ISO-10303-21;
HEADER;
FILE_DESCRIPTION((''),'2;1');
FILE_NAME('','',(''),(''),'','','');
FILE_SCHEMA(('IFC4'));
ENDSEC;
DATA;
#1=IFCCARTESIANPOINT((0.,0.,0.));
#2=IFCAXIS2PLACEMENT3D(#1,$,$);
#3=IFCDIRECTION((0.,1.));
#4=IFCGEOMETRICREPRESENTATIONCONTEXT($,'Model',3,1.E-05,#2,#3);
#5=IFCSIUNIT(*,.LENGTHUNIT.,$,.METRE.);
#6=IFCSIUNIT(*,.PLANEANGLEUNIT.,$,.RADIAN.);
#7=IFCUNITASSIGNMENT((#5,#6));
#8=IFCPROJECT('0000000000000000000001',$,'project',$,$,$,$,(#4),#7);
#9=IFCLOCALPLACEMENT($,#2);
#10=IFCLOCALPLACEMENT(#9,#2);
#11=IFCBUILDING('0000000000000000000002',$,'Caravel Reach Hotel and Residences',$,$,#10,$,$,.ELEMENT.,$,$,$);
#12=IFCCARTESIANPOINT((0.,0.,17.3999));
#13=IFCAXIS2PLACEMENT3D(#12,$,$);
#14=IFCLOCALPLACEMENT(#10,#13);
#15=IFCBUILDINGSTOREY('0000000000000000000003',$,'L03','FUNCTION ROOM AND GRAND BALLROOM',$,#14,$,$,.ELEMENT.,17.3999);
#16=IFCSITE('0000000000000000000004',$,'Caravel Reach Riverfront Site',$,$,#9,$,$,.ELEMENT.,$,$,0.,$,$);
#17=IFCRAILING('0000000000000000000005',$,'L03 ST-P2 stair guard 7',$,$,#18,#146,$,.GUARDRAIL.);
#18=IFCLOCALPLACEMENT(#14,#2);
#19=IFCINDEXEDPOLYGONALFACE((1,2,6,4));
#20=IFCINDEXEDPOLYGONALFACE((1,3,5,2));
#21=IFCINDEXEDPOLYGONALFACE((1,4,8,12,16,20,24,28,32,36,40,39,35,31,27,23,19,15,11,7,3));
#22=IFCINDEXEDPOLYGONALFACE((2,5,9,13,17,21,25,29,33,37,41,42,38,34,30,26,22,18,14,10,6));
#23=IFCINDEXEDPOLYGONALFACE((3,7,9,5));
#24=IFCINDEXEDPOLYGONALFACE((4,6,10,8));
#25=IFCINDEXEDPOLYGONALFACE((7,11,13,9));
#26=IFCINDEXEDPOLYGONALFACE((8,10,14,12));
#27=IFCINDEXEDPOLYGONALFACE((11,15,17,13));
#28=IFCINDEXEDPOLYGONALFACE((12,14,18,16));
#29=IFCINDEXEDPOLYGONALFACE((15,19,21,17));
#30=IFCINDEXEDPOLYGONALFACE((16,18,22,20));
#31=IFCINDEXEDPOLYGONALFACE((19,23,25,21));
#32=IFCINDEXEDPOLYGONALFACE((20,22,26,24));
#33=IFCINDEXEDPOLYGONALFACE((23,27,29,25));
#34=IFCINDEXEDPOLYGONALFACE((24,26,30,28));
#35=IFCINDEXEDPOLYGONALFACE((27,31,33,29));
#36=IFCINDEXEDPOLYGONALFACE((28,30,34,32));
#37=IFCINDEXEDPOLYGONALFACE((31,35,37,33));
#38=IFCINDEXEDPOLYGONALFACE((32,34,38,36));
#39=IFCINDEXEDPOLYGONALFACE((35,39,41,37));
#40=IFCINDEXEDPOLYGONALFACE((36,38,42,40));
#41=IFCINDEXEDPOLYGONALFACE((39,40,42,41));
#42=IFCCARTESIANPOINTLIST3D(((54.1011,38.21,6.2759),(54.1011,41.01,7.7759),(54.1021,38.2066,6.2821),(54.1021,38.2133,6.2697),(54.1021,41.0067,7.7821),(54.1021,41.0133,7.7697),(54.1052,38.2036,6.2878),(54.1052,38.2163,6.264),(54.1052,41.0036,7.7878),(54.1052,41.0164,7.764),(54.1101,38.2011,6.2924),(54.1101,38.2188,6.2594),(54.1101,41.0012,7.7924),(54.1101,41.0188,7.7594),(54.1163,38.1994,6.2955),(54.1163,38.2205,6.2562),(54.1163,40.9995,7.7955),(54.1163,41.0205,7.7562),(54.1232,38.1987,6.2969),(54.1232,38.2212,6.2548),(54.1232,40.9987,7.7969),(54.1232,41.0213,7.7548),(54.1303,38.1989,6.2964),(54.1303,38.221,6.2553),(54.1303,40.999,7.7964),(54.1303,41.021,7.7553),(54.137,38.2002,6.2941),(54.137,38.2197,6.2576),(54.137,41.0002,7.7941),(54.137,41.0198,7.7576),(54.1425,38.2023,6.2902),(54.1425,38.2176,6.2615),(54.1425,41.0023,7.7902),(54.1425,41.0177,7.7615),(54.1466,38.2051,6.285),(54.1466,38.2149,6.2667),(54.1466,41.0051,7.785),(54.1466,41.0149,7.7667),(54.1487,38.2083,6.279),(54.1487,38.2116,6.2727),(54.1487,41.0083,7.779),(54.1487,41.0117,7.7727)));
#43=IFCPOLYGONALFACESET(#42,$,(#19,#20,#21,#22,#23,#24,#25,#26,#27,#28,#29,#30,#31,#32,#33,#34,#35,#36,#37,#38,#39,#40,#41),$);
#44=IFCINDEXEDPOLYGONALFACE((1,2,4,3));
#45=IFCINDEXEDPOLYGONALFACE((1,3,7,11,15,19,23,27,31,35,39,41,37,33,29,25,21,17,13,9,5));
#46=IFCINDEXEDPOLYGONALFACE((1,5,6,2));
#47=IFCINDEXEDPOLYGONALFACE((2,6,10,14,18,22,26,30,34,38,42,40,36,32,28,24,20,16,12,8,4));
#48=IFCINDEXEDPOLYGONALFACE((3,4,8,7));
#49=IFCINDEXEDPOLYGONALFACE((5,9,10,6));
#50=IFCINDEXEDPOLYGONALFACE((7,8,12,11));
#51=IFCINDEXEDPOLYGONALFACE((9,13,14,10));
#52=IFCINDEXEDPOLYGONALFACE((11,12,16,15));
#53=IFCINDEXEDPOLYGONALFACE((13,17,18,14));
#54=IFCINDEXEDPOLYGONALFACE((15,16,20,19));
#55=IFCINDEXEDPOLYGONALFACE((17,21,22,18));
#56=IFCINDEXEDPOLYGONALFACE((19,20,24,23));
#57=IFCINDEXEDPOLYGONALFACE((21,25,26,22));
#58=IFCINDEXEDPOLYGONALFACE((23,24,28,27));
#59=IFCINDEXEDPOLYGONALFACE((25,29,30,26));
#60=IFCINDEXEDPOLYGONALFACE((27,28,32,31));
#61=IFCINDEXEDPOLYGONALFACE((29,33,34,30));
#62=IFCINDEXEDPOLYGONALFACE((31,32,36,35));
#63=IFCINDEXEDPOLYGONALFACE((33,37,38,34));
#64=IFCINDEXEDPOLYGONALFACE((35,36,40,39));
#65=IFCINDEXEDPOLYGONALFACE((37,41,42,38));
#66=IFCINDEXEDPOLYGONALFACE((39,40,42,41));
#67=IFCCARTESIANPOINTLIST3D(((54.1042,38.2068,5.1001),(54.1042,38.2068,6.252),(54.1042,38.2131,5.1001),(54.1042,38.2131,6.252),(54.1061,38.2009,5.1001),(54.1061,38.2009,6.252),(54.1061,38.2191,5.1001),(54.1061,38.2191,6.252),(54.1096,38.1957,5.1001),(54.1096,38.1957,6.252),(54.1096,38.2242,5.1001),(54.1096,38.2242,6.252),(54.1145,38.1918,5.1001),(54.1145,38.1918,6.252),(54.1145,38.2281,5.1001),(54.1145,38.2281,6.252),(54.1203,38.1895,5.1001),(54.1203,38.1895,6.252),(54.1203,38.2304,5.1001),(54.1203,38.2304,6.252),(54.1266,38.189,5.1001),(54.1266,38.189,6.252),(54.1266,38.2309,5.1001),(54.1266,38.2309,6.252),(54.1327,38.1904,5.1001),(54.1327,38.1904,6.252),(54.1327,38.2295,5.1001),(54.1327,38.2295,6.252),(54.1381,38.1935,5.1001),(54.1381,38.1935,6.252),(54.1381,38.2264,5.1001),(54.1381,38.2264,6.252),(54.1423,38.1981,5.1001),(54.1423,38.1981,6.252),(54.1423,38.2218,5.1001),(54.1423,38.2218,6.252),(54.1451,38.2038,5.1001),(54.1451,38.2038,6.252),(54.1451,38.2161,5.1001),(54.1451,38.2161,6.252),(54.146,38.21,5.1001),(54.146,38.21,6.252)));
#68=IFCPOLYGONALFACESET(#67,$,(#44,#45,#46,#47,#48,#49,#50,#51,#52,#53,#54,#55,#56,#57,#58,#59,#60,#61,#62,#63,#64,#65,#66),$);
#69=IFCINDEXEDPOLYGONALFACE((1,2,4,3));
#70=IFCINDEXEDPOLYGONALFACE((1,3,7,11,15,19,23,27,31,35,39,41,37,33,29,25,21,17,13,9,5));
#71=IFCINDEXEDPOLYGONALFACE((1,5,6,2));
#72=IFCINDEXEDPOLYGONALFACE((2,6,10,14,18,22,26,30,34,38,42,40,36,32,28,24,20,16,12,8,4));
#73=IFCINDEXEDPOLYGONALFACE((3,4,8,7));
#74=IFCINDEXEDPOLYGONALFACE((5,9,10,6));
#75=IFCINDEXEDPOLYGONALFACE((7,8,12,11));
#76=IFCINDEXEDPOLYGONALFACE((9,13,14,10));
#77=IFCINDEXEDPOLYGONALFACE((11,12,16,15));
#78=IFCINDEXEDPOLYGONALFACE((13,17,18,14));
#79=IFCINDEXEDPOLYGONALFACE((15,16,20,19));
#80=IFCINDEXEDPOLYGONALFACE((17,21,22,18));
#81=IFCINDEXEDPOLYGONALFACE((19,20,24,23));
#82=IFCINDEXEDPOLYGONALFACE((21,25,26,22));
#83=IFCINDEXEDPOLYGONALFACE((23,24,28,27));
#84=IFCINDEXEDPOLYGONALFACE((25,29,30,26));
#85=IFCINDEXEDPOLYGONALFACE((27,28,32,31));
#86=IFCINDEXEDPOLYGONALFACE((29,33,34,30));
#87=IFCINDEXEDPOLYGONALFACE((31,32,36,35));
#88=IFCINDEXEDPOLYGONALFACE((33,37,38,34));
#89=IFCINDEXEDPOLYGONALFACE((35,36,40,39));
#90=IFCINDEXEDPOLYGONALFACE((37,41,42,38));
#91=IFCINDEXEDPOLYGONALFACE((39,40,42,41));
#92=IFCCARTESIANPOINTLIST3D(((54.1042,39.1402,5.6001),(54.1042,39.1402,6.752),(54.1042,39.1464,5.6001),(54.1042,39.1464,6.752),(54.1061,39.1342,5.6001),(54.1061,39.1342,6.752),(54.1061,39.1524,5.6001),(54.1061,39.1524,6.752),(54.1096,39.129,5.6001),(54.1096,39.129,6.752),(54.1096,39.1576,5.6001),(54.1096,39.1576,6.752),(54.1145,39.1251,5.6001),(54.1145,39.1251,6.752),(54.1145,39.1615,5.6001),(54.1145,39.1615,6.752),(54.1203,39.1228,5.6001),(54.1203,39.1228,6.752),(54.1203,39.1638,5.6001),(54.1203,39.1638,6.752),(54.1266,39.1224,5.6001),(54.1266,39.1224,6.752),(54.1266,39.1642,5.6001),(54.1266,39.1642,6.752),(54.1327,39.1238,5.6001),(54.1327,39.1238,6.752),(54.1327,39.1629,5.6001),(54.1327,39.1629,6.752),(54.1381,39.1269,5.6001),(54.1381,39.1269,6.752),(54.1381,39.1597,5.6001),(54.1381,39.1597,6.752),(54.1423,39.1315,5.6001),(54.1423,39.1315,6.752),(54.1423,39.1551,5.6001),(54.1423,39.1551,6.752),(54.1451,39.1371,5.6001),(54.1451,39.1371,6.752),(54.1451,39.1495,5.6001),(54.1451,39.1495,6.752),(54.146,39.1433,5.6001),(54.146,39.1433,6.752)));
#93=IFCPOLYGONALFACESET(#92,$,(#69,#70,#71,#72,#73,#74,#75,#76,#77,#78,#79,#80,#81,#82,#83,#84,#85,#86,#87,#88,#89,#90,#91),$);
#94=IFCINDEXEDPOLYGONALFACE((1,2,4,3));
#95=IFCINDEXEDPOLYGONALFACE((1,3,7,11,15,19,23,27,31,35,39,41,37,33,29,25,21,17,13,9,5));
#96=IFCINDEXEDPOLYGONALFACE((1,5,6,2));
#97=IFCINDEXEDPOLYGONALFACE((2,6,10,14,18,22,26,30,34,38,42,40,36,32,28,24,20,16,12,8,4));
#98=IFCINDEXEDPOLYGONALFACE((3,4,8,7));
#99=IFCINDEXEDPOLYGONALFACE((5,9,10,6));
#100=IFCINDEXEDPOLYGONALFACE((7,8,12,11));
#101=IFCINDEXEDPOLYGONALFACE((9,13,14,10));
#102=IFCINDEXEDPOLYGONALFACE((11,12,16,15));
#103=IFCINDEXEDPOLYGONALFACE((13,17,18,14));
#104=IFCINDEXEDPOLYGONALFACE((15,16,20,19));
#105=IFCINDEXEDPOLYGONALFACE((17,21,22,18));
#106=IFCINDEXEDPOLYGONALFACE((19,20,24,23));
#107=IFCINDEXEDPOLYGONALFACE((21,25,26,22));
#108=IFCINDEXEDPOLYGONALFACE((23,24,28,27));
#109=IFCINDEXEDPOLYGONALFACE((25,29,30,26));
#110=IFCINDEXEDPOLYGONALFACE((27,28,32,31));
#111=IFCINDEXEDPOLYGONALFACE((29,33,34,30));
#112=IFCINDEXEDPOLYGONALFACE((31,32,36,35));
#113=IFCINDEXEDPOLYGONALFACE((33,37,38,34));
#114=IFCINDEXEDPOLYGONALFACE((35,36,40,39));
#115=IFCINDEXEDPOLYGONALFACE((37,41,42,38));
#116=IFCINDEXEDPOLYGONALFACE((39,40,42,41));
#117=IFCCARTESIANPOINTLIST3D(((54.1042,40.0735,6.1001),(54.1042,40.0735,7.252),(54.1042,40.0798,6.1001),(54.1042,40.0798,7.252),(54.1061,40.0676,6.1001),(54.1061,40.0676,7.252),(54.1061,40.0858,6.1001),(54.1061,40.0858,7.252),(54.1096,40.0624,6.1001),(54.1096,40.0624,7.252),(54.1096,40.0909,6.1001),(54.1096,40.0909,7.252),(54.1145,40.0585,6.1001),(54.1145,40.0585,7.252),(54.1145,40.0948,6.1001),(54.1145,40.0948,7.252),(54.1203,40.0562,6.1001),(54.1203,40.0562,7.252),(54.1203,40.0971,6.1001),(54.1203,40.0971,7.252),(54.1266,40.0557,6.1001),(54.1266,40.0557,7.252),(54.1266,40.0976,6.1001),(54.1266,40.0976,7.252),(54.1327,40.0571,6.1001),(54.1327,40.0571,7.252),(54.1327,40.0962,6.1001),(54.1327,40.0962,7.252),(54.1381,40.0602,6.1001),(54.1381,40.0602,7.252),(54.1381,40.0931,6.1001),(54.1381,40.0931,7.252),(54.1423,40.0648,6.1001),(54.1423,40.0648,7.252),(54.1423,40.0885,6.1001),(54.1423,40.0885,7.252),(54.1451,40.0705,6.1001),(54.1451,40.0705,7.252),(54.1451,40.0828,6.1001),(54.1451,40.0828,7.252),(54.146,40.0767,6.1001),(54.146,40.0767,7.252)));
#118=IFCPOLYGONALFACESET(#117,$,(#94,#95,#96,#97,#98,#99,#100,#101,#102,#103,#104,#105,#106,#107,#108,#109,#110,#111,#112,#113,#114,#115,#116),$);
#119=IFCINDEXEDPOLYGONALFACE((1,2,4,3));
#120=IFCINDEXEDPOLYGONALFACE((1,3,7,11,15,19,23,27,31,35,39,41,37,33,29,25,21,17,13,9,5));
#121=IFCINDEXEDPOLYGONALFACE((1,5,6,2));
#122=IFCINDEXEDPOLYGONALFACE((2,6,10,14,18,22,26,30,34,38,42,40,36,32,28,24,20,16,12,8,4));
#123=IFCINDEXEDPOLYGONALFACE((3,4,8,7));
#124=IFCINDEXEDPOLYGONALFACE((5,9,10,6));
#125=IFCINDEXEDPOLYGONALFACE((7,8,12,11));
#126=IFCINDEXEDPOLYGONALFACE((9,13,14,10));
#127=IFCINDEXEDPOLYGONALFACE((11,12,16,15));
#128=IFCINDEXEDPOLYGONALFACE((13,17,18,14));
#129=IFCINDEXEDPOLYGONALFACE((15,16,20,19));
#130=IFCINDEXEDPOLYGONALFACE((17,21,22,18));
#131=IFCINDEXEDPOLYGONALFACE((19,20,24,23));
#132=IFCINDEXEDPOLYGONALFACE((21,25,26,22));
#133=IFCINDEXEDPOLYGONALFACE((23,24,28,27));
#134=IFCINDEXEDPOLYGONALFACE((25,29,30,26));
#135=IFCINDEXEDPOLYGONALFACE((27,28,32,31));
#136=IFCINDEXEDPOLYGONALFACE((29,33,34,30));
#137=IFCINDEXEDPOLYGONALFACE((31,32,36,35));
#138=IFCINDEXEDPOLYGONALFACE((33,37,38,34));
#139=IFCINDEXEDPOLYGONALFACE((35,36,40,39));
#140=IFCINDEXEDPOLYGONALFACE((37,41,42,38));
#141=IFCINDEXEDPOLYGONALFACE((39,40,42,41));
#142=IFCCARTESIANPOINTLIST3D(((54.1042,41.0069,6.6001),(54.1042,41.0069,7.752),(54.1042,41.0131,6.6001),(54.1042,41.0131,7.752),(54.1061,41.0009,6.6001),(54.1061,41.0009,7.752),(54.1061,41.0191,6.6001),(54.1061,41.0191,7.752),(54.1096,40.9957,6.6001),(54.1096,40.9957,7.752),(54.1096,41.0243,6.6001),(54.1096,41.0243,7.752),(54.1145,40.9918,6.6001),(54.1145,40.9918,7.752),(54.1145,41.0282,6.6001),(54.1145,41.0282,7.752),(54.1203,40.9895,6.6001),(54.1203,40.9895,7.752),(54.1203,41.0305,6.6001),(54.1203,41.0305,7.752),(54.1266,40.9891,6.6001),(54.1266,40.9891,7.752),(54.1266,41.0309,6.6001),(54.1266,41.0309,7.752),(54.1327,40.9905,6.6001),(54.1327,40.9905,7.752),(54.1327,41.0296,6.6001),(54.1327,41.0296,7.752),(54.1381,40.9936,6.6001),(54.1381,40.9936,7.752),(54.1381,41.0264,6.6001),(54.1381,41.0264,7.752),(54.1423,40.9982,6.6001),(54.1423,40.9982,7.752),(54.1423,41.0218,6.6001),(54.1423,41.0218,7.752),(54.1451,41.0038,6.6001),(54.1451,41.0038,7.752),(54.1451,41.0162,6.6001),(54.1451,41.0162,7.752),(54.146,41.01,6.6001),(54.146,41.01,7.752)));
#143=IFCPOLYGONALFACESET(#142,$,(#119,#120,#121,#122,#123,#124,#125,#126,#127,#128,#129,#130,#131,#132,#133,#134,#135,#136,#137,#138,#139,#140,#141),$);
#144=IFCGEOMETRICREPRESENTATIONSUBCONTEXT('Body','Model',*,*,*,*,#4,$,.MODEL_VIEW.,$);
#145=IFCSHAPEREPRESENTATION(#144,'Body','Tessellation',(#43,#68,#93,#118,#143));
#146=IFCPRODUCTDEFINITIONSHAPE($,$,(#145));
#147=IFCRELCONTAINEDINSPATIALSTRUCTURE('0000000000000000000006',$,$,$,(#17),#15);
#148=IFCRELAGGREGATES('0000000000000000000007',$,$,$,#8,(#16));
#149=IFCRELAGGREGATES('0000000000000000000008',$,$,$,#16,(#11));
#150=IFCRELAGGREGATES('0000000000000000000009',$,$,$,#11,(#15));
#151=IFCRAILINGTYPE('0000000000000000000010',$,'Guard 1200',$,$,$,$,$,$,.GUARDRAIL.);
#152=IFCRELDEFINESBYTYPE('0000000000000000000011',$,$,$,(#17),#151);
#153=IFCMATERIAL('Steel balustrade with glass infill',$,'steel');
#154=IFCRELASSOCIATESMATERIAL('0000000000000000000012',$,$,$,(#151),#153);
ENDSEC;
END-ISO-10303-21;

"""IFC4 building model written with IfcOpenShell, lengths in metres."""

from ifc_helpers import new_model, si_unit, direction, frame, origin, origin_2d, place, context, subcontext, project, spatial, circle, extrude, material, type_object, element, save


model = new_model("IFC4")

# Units and contexts
model_context = context("Model", 3, precision=1e-05, world=origin(), true_north=direction((0.0, 1.0)))
body_context = subcontext(model_context, "Body", "Model", "MODEL_VIEW")
ifc_project = project(units=[si_unit("LENGTHUNIT", "METRE"), si_unit("PLANEANGLEUNIT", "RADIAN")], contexts=[model_context])

# Site, building, storey
site_placement = place(None, origin())
site = spatial("IfcSite", under=ifc_project, at=site_placement, Name="Caravel Reach Riverfront Site", CompositionType="ELEMENT", RefElevation=0.0)
building_placement = place(site_placement, origin())
building = spatial("IfcBuilding", under=site, at=building_placement, Name="Caravel Reach Hotel and Residences", CompositionType="ELEMENT")
storey_placement = place(building_placement, frame((0.0, 0.0, 17.3999)))
storey = spatial("IfcBuildingStorey", under=building, at=storey_placement, Name="L03", Description="FUNCTION ROOM AND GRAND BALLROOM", CompositionType="ELEMENT", Elevation=17.3999)

# Railing
ifc_material_1 = material(Name="Steel balustrade with glass infill", Category="steel")
railing_type_1 = type_object("IfcRailingType", Name="Guard 1200", PredefinedType="GUARDRAIL", material=ifc_material_1)
railing_1_placement = place(storey_placement, frame((54.125, 38.21, 5.1001)))
element("IfcRailing", 1, at=railing_1_placement, inside=storey, type_object=railing_type_1, Name="L03 ST-P2 stair guard 7", PredefinedType="GUARDRAIL", context=body_context, shape_type="SweptSolid", body=[
    extrude(circle(Radius=0.0239, at=origin_2d()), frame((0.0, 0.0, 1.1758), z_axis=(0.0, 0.881483, 0.472215), x_axis=(-1.0, 0.0, 0.0)), (0.0, 0.0, 1.0), 3.1765),
    extrude(circle(Radius=0.021, at=origin_2d()), origin(), (0.0, 0.0, 1.0), 1.1519),
    extrude(circle(Radius=0.021, at=origin_2d()), frame((0.0, 0.9333, 0.5)), (0.0, 0.0, 1.0), 1.1519),
    extrude(circle(Radius=0.021, at=origin_2d()), frame((0.0, 1.8667, 1.0)), (0.0, 0.0, 1.0), 1.1519),
    extrude(circle(Radius=0.021, at=origin_2d()), frame((0.0, 2.8, 1.5)), (0.0, 0.0, 1.0), 1.1519),
])

save(model, "model.ifc")
